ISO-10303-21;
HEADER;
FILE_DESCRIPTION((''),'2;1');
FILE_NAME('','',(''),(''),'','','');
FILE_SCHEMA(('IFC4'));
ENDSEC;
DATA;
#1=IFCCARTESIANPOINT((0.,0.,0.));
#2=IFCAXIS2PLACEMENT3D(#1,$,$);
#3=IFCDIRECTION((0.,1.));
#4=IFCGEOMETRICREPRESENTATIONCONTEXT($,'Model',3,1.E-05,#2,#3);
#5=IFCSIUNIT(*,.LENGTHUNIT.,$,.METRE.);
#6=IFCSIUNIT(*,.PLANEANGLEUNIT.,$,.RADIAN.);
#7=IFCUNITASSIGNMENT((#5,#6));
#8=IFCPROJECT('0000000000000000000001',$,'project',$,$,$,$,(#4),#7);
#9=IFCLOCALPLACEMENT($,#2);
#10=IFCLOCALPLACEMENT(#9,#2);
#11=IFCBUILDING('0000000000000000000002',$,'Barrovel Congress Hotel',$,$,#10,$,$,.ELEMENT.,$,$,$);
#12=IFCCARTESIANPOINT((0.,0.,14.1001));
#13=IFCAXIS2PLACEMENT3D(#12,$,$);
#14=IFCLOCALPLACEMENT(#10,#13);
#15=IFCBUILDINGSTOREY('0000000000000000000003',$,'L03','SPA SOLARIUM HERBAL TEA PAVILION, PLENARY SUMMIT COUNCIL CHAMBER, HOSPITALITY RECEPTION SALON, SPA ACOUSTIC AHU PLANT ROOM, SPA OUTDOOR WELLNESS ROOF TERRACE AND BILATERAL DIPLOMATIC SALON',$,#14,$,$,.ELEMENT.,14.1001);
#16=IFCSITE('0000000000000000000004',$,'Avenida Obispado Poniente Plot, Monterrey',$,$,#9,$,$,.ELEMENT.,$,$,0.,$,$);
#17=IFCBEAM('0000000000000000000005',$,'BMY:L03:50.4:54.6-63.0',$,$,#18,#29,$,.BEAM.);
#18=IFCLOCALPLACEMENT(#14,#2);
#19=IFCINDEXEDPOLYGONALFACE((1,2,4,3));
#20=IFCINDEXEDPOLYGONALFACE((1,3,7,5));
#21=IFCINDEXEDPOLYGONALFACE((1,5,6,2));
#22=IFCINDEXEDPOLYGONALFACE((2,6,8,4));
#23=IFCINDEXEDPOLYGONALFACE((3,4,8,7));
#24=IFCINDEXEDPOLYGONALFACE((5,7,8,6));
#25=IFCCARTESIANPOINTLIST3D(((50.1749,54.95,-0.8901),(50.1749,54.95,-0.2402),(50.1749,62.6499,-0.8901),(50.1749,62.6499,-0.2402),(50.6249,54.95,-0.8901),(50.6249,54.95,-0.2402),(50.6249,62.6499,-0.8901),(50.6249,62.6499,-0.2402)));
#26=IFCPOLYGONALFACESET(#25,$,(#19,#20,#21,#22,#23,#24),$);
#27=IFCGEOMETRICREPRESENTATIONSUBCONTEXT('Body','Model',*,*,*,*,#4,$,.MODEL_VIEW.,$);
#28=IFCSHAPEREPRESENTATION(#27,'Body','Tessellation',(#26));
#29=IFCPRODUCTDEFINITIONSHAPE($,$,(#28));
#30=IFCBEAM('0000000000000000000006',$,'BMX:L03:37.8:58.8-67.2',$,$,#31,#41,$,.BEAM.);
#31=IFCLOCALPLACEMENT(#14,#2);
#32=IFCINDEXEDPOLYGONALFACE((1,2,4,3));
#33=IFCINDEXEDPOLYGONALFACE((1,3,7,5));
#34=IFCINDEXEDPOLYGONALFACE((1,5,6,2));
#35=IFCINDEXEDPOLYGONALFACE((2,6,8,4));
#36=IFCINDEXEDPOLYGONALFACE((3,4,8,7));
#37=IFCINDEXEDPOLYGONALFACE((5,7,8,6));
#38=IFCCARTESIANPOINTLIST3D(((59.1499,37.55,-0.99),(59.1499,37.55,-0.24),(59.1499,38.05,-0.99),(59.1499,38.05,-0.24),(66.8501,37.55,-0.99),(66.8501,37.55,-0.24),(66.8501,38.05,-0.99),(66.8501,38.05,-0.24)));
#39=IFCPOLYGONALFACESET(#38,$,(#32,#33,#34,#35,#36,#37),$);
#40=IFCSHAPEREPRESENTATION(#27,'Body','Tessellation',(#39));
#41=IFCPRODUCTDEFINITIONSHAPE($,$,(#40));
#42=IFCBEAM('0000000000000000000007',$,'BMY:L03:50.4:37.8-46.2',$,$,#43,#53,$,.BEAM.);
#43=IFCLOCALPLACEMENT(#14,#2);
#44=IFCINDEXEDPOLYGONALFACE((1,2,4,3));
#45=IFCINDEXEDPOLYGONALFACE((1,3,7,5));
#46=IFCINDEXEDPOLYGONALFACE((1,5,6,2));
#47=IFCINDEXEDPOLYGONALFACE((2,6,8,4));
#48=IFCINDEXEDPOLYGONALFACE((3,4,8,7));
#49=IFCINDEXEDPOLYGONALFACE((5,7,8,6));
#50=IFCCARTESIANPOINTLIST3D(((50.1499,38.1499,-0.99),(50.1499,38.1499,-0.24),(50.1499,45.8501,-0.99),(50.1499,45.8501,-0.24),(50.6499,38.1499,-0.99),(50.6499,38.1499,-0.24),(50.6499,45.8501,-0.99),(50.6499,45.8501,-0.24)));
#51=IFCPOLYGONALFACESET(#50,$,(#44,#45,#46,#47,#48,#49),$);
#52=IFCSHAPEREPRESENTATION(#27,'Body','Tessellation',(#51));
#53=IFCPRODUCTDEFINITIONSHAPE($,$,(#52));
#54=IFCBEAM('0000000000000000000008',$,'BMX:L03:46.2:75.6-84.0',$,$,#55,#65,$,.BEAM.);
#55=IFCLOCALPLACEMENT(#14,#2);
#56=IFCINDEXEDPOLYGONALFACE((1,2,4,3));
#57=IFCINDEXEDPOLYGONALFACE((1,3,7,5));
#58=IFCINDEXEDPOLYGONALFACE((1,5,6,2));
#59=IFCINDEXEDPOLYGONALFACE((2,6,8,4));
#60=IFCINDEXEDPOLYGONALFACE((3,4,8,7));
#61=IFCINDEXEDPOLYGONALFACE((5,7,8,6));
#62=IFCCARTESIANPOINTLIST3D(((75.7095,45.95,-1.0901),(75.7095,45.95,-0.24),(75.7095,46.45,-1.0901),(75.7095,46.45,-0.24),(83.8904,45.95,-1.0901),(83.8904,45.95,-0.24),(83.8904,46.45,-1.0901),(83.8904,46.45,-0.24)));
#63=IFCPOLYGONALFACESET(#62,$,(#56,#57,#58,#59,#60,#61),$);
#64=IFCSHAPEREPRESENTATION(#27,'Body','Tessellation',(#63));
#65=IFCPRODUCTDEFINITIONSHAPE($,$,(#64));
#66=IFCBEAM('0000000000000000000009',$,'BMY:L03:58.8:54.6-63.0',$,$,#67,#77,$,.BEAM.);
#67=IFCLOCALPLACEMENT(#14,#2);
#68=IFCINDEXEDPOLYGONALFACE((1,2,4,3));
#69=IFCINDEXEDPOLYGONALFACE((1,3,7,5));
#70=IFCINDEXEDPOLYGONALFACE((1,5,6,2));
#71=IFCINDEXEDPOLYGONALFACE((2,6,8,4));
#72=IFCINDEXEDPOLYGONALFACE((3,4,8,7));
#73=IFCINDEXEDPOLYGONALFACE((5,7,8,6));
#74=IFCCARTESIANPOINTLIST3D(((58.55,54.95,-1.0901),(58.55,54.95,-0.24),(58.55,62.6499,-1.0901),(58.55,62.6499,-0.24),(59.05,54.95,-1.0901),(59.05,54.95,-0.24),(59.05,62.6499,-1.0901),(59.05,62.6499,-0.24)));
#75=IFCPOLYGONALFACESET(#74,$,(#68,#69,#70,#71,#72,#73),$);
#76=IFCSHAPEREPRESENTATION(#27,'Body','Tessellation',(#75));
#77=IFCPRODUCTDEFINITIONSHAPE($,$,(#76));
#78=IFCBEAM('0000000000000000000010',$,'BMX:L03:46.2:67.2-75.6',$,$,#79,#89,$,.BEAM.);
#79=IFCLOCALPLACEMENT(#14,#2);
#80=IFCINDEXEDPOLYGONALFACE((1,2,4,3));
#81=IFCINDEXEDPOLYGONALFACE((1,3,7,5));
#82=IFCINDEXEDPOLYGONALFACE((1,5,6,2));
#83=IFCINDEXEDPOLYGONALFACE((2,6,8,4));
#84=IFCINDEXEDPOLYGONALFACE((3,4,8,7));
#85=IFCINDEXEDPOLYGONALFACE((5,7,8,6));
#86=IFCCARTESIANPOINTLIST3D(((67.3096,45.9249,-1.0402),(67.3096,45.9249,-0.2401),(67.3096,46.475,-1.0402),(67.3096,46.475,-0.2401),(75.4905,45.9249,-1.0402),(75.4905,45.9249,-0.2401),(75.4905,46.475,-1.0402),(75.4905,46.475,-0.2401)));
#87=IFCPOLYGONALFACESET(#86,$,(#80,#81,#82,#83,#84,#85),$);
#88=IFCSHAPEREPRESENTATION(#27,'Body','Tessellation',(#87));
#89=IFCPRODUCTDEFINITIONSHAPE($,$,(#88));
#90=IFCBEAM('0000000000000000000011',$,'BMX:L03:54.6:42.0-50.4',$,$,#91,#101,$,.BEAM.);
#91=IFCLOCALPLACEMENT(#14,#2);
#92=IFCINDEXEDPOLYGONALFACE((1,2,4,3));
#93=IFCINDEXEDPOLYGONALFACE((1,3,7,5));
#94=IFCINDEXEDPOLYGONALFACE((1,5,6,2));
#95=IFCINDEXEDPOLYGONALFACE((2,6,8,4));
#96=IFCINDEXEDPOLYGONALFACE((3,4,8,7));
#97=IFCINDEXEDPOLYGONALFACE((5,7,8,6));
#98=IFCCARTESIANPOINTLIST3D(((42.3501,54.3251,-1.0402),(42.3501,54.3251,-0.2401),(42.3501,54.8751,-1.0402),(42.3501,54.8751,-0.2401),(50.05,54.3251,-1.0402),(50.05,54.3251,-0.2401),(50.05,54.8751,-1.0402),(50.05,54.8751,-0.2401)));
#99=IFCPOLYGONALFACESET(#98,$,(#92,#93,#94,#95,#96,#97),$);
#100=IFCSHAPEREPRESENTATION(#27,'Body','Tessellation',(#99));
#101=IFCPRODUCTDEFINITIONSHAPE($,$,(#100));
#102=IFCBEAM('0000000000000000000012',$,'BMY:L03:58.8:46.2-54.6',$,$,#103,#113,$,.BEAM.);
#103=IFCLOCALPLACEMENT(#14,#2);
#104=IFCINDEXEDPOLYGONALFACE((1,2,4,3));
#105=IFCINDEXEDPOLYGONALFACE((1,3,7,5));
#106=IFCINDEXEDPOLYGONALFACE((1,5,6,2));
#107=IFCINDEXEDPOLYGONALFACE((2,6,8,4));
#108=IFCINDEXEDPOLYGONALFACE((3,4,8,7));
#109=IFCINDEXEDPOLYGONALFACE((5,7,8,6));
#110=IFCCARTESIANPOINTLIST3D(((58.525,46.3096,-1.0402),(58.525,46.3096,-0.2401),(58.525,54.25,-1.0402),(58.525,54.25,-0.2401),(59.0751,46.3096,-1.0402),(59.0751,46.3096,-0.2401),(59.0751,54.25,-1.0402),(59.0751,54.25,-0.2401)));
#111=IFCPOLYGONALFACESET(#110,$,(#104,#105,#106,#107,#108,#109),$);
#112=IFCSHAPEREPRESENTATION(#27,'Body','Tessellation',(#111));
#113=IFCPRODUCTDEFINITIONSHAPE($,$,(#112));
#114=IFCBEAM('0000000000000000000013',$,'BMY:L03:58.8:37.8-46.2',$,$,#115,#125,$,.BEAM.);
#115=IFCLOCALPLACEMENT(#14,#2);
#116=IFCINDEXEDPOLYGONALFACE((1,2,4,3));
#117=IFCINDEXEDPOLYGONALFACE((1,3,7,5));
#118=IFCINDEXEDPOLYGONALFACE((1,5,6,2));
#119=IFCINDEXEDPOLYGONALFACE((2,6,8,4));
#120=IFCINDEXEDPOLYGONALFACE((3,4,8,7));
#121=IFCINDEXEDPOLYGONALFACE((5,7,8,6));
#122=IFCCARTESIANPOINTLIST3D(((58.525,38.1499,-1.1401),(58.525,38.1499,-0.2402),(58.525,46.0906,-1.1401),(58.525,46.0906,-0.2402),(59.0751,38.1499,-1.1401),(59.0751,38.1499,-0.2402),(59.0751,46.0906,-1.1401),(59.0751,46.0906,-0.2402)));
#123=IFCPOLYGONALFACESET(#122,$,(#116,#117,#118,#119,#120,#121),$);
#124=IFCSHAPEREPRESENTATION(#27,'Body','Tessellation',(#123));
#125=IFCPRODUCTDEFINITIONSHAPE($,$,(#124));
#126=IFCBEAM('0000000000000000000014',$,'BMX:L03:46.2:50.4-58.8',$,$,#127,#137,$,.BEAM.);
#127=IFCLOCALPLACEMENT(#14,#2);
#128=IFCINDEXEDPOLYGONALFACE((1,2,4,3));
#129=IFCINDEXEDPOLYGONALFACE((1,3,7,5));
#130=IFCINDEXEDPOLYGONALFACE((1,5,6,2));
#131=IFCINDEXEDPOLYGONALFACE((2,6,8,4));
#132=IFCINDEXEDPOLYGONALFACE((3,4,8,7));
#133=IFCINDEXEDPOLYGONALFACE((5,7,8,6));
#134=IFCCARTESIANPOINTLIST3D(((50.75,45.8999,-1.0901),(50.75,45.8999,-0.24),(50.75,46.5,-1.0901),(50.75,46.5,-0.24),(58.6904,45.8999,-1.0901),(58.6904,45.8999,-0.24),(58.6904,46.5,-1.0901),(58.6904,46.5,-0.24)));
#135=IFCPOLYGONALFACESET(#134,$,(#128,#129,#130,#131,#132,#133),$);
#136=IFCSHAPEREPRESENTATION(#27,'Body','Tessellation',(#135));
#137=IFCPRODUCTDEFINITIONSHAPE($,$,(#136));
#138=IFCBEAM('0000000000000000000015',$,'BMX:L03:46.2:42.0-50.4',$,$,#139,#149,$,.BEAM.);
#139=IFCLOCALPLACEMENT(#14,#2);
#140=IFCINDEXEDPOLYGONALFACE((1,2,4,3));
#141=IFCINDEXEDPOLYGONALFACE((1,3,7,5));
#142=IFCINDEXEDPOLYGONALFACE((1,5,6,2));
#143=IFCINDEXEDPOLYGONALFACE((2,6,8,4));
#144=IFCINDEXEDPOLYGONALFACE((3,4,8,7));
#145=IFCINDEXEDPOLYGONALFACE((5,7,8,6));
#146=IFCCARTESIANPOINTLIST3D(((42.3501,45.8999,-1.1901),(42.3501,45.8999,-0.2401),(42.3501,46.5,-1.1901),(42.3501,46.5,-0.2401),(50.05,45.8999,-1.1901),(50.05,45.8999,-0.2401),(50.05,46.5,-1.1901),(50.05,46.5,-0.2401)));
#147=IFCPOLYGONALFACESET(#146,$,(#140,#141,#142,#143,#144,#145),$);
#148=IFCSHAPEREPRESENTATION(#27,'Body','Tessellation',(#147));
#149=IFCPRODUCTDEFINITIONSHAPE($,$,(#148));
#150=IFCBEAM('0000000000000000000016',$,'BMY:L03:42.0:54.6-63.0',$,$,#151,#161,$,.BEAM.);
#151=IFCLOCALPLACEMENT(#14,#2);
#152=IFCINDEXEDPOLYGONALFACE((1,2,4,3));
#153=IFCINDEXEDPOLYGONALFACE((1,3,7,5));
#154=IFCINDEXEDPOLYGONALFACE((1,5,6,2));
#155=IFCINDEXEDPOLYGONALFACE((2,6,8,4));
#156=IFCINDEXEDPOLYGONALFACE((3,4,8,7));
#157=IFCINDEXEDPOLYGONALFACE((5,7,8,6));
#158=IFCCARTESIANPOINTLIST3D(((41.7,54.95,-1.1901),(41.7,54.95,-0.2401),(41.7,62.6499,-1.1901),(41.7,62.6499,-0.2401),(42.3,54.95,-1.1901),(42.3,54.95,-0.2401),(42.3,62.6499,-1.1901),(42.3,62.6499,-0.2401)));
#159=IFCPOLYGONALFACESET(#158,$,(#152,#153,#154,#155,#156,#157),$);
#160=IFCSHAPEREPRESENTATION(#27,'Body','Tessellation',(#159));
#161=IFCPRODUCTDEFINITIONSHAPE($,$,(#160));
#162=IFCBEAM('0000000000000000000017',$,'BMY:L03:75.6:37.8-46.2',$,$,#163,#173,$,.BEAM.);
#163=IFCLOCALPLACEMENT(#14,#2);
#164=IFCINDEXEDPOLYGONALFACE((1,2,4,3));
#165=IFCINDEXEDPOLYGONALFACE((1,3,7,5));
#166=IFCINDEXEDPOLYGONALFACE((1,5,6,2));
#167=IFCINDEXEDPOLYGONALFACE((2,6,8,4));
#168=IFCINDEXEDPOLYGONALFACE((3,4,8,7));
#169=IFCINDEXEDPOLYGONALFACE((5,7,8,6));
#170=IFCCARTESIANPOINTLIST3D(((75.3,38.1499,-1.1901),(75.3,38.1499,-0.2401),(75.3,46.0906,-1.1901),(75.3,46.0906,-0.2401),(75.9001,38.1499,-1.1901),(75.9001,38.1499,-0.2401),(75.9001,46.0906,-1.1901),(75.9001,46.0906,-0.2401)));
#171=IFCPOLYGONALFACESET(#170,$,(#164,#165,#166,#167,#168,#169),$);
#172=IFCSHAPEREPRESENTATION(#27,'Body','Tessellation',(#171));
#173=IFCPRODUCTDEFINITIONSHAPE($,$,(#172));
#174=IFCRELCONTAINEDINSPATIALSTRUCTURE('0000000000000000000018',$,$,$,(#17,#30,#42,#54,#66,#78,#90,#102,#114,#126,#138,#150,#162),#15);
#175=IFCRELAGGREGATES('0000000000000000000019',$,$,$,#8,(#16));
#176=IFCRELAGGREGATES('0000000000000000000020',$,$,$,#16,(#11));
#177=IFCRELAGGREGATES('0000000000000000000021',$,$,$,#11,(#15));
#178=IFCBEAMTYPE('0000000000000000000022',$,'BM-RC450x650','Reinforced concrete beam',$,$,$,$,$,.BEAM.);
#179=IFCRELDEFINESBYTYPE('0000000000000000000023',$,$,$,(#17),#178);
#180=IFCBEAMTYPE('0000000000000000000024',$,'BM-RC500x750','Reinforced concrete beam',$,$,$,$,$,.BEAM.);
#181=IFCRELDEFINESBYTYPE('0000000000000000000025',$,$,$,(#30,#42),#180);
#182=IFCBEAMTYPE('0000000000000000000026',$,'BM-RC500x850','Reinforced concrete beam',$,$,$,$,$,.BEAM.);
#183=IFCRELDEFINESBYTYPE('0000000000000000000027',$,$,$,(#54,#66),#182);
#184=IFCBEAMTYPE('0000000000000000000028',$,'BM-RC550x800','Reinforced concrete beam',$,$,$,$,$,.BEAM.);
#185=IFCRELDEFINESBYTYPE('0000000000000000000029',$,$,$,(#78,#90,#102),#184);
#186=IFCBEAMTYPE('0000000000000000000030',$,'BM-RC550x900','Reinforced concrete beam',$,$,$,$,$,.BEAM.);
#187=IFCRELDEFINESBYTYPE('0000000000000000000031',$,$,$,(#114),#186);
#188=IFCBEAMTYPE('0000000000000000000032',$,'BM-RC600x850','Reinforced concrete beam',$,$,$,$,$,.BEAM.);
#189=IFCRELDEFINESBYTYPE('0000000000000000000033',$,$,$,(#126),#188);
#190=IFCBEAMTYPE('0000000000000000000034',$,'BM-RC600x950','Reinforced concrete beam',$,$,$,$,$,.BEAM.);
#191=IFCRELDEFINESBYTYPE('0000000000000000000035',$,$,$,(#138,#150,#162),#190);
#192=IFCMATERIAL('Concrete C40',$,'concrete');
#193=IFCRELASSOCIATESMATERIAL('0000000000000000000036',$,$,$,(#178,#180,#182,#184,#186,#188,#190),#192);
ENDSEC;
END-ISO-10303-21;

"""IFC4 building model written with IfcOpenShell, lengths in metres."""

from ifc_helpers import new_model, si_unit, direction, frame, origin, origin_2d, place, context, subcontext, project, spatial, rectangle, extrude, material, material_profile, profile_set, type_object, element, save


model = new_model("IFC4")

# Units and contexts
model_context = context("Model", 3, precision=1e-05, world=origin(), true_north=direction((0.0, 1.0)))
body_context = subcontext(model_context, "Body", "Model", "MODEL_VIEW")
ifc_project = project(units=[si_unit("LENGTHUNIT", "METRE"), si_unit("PLANEANGLEUNIT", "RADIAN")], contexts=[model_context])

# Site, building, storey
site_placement = place(None, origin())
site = spatial("IfcSite", under=ifc_project, at=site_placement, Name="Avenida Obispado Poniente Plot, Monterrey", CompositionType="ELEMENT", RefElevation=0.0)
building_placement = place(site_placement, origin())
building = spatial("IfcBuilding", under=site, at=building_placement, Name="Barrovel Congress Hotel", CompositionType="ELEMENT")
storey_placement = place(building_placement, frame((0.0, 0.0, 14.1001)))
storey = spatial("IfcBuildingStorey", under=building, at=storey_placement, Name="L03", Description="SPA SOLARIUM HERBAL TEA PAVILION, PLENARY SUMMIT COUNCIL CHAMBER, HOSPITALITY RECEPTION SALON, SPA ACOUSTIC AHU PLANT ROOM, SPA OUTDOOR WELLNESS ROOF TERRACE AND BILATERAL DIPLOMATIC SALON", CompositionType="ELEMENT", Elevation=14.1001)

# Shared definitions
ifc_material_1 = material(Name="Concrete C40", Category="concrete")

# Beams
ifc_material_profile_1 = material_profile(ifc_material_1, rectangle(XDim=0.45, YDim=0.6499, at=origin_2d()), Name="RC450x650")
ifc_profile_set_1 = profile_set([ifc_material_profile_1], Name="Concrete C40")
beam_type_1 = type_object("IfcBeamType", Name="BM-RC450x650", Description="Reinforced concrete beam", PredefinedType="BEAM", material=ifc_profile_set_1)
beam_1_placement = place(storey_placement, frame((50.3999, 54.95, -0.5652), z_axis=(0.0, 1.0, 0.0), x_axis=(-1.0, 0.0, 0.0)))
element("IfcBeam", 1, at=beam_1_placement, inside=storey, type_object=beam_type_1, Name="BMY:L03:50.4:54.6-63.0", PredefinedType="BEAM", context=body_context, shape_type="SweptSolid", body=[
    extrude(rectangle(XDim=0.45, YDim=0.6499, at=origin_2d()), origin(), (0.0, 0.0, 1.0), 7.7),
])
ifc_material_profile_2 = material_profile(ifc_material_1, rectangle(XDim=0.5, YDim=0.75, at=origin_2d()), Name="RC500x750")
ifc_profile_set_2 = profile_set([ifc_material_profile_2], Name="Concrete C40")
beam_type_2 = type_object("IfcBeamType", Name="BM-RC500x750", Description="Reinforced concrete beam", PredefinedType="BEAM", material=ifc_profile_set_2)
for number, where, z_axis, x_axis, name in (
    (2, (59.1499, 37.8, -0.615), (1.0, 0.0, 0.0), (0.0, 1.0, 0.0), "BMX:L03:37.8:58.8-67.2"),
    (3, (50.3999, 38.1499, -0.615), (0.0, 1.0, 0.0), (-1.0, 0.0, 0.0), "BMY:L03:50.4:37.8-46.2"),
):
    element("IfcBeam", number, at=place(storey_placement, frame(where, z_axis=z_axis, x_axis=x_axis)), inside=storey, type_object=beam_type_2, Name=name, PredefinedType="BEAM", context=body_context, shape_type="SweptSolid", body=[
        extrude(rectangle(XDim=0.5, YDim=0.75, at=origin_2d()), origin(), (0.0, 0.0, 1.0), 7.7002),
    ])
ifc_material_profile_3 = material_profile(ifc_material_1, rectangle(XDim=0.5, YDim=0.8501, at=origin_2d()), Name="RC500x850")
ifc_profile_set_3 = profile_set([ifc_material_profile_3], Name="Concrete C40")
beam_type_3 = type_object("IfcBeamType", Name="BM-RC500x850", Description="Reinforced concrete beam", PredefinedType="BEAM", material=ifc_profile_set_3)
beam_2_placement = place(storey_placement, frame((75.7095, 46.2, -0.665), z_axis=(1.0, 0.0, 0.0), x_axis=(0.0, 1.0, 0.0)))
element("IfcBeam", 4, at=beam_2_placement, inside=storey, type_object=beam_type_3, Name="BMX:L03:46.2:75.6-84.0", PredefinedType="BEAM", context=body_context, shape_type="SweptSolid", body=[
    extrude(rectangle(XDim=0.5, YDim=0.8501, at=origin_2d()), origin(), (0.0, 0.0, 1.0), 8.1809),
])
beam_3_placement = place(storey_placement, frame((58.8, 54.95, -0.665), z_axis=(0.0, 1.0, 0.0), x_axis=(-1.0, 0.0, 0.0)))
element("IfcBeam", 5, at=beam_3_placement, inside=storey, type_object=beam_type_3, Name="BMY:L03:58.8:54.6-63.0", PredefinedType="BEAM", context=body_context, shape_type="SweptSolid", body=[
    extrude(rectangle(XDim=0.5, YDim=0.8501, at=origin_2d()), origin(), (0.0, 0.0, 1.0), 7.7),
])
ifc_material_profile_4 = material_profile(ifc_material_1, rectangle(XDim=0.55, YDim=0.8, at=origin_2d()), Name="RC550x800")
ifc_profile_set_4 = profile_set([ifc_material_profile_4], Name="Concrete C40")
beam_type_4 = type_object("IfcBeamType", Name="BM-RC550x800", Description="Reinforced concrete beam", PredefinedType="BEAM", material=ifc_profile_set_4)
beam_4_placement = place(storey_placement, frame((67.3096, 46.2, -0.6401), z_axis=(1.0, 0.0, 0.0), x_axis=(0.0, 1.0, 0.0)))
element("IfcBeam", 6, at=beam_4_placement, inside=storey, type_object=beam_type_4, Name="BMX:L03:46.2:67.2-75.6", PredefinedType="BEAM", context=body_context, shape_type="SweptSolid", body=[
    extrude(rectangle(XDim=0.55, YDim=0.8, at=origin_2d()), origin(), (0.0, 0.0, 1.0), 8.1809),
])
beam_5_placement = place(storey_placement, frame((42.3501, 54.6001, -0.6401), z_axis=(1.0, 0.0, 0.0), x_axis=(0.0, 1.0, 0.0)))
element("IfcBeam", 7, at=beam_5_placement, inside=storey, type_object=beam_type_4, Name="BMX:L03:54.6:42.0-50.4", PredefinedType="BEAM", context=body_context, shape_type="SweptSolid", body=[
    extrude(rectangle(XDim=0.55, YDim=0.8, at=origin_2d()), origin(), (0.0, 0.0, 1.0), 7.7),
])
beam_6_placement = place(storey_placement, frame((58.8, 46.3096, -0.6401), z_axis=(0.0, 1.0, 0.0), x_axis=(-1.0, 0.0, 0.0)))
element("IfcBeam", 8, at=beam_6_placement, inside=storey, type_object=beam_type_4, Name="BMY:L03:58.8:46.2-54.6", PredefinedType="BEAM", context=body_context, shape_type="SweptSolid", body=[
    extrude(rectangle(XDim=0.55, YDim=0.8, at=origin_2d()), origin(), (0.0, 0.0, 1.0), 7.9404),
])
ifc_material_profile_5 = material_profile(ifc_material_1, rectangle(XDim=0.55, YDim=0.8999, at=origin_2d()), Name="RC550x900")
ifc_profile_set_5 = profile_set([ifc_material_profile_5], Name="Concrete C40")
beam_type_5 = type_object("IfcBeamType", Name="BM-RC550x900", Description="Reinforced concrete beam", PredefinedType="BEAM", material=ifc_profile_set_5)
beam_7_placement = place(storey_placement, frame((58.8, 38.1499, -0.6902), z_axis=(0.0, 1.0, 0.0), x_axis=(-1.0, 0.0, 0.0)))
element("IfcBeam", 9, at=beam_7_placement, inside=storey, type_object=beam_type_5, Name="BMY:L03:58.8:37.8-46.2", PredefinedType="BEAM", context=body_context, shape_type="SweptSolid", body=[
    extrude(rectangle(XDim=0.55, YDim=0.8999, at=origin_2d()), origin(), (0.0, 0.0, 1.0), 7.9407),
])
ifc_material_profile_6 = material_profile(ifc_material_1, rectangle(XDim=0.6001, YDim=0.8501, at=origin_2d()), Name="RC600x850")
ifc_profile_set_6 = profile_set([ifc_material_profile_6], Name="Concrete C40")
beam_type_6 = type_object("IfcBeamType", Name="BM-RC600x850", Description="Reinforced concrete beam", PredefinedType="BEAM", material=ifc_profile_set_6)
beam_8_placement = place(storey_placement, frame((50.75, 46.2, -0.665), z_axis=(1.0, 0.0, 0.0), x_axis=(0.0, 1.0, 0.0)))
element("IfcBeam", 10, at=beam_8_placement, inside=storey, type_object=beam_type_6, Name="BMX:L03:46.2:50.4-58.8", PredefinedType="BEAM", context=body_context, shape_type="SweptSolid", body=[
    extrude(rectangle(XDim=0.6001, YDim=0.8501, at=origin_2d()), origin(), (0.0, 0.0, 1.0), 7.9404),
])
ifc_material_profile_7 = material_profile(ifc_material_1, rectangle(XDim=0.6001, YDim=0.95, at=origin_2d()), Name="RC600x950")
ifc_profile_set_7 = profile_set([ifc_material_profile_7], Name="Concrete C40")
beam_type_7 = type_object("IfcBeamType", Name="BM-RC600x950", Description="Reinforced concrete beam", PredefinedType="BEAM", material=ifc_profile_set_7)
for number, where, z_axis, x_axis, name in (
    (11, (42.3501, 46.2, -0.7151), (1.0, 0.0, 0.0), (0.0, 1.0, 0.0), "BMX:L03:46.2:42.0-50.4"),
    (12, (42.0, 54.95, -0.7151), (0.0, 1.0, 0.0), (-1.0, 0.0, 0.0), "BMY:L03:42.0:54.6-63.0"),
):
    element("IfcBeam", number, at=place(storey_placement, frame(where, z_axis=z_axis, x_axis=x_axis)), inside=storey, type_object=beam_type_7, Name=name, PredefinedType="BEAM", context=body_context, shape_type="SweptSolid", body=[
        extrude(rectangle(XDim=0.6001, YDim=0.95, at=origin_2d()), origin(), (0.0, 0.0, 1.0), 7.7),
    ])
beam_9_placement = place(storey_placement, frame((75.6001, 38.1499, -0.7151), z_axis=(0.0, 1.0, 0.0), x_axis=(-1.0, 0.0, 0.0)))
element("IfcBeam", 13, at=beam_9_placement, inside=storey, type_object=beam_type_7, Name="BMY:L03:75.6:37.8-46.2", PredefinedType="BEAM", context=body_context, shape_type="SweptSolid", body=[
    extrude(rectangle(XDim=0.6001, YDim=0.95, at=origin_2d()), origin(), (0.0, 0.0, 1.0), 7.9407),
])

save(model, "model.ifc")
